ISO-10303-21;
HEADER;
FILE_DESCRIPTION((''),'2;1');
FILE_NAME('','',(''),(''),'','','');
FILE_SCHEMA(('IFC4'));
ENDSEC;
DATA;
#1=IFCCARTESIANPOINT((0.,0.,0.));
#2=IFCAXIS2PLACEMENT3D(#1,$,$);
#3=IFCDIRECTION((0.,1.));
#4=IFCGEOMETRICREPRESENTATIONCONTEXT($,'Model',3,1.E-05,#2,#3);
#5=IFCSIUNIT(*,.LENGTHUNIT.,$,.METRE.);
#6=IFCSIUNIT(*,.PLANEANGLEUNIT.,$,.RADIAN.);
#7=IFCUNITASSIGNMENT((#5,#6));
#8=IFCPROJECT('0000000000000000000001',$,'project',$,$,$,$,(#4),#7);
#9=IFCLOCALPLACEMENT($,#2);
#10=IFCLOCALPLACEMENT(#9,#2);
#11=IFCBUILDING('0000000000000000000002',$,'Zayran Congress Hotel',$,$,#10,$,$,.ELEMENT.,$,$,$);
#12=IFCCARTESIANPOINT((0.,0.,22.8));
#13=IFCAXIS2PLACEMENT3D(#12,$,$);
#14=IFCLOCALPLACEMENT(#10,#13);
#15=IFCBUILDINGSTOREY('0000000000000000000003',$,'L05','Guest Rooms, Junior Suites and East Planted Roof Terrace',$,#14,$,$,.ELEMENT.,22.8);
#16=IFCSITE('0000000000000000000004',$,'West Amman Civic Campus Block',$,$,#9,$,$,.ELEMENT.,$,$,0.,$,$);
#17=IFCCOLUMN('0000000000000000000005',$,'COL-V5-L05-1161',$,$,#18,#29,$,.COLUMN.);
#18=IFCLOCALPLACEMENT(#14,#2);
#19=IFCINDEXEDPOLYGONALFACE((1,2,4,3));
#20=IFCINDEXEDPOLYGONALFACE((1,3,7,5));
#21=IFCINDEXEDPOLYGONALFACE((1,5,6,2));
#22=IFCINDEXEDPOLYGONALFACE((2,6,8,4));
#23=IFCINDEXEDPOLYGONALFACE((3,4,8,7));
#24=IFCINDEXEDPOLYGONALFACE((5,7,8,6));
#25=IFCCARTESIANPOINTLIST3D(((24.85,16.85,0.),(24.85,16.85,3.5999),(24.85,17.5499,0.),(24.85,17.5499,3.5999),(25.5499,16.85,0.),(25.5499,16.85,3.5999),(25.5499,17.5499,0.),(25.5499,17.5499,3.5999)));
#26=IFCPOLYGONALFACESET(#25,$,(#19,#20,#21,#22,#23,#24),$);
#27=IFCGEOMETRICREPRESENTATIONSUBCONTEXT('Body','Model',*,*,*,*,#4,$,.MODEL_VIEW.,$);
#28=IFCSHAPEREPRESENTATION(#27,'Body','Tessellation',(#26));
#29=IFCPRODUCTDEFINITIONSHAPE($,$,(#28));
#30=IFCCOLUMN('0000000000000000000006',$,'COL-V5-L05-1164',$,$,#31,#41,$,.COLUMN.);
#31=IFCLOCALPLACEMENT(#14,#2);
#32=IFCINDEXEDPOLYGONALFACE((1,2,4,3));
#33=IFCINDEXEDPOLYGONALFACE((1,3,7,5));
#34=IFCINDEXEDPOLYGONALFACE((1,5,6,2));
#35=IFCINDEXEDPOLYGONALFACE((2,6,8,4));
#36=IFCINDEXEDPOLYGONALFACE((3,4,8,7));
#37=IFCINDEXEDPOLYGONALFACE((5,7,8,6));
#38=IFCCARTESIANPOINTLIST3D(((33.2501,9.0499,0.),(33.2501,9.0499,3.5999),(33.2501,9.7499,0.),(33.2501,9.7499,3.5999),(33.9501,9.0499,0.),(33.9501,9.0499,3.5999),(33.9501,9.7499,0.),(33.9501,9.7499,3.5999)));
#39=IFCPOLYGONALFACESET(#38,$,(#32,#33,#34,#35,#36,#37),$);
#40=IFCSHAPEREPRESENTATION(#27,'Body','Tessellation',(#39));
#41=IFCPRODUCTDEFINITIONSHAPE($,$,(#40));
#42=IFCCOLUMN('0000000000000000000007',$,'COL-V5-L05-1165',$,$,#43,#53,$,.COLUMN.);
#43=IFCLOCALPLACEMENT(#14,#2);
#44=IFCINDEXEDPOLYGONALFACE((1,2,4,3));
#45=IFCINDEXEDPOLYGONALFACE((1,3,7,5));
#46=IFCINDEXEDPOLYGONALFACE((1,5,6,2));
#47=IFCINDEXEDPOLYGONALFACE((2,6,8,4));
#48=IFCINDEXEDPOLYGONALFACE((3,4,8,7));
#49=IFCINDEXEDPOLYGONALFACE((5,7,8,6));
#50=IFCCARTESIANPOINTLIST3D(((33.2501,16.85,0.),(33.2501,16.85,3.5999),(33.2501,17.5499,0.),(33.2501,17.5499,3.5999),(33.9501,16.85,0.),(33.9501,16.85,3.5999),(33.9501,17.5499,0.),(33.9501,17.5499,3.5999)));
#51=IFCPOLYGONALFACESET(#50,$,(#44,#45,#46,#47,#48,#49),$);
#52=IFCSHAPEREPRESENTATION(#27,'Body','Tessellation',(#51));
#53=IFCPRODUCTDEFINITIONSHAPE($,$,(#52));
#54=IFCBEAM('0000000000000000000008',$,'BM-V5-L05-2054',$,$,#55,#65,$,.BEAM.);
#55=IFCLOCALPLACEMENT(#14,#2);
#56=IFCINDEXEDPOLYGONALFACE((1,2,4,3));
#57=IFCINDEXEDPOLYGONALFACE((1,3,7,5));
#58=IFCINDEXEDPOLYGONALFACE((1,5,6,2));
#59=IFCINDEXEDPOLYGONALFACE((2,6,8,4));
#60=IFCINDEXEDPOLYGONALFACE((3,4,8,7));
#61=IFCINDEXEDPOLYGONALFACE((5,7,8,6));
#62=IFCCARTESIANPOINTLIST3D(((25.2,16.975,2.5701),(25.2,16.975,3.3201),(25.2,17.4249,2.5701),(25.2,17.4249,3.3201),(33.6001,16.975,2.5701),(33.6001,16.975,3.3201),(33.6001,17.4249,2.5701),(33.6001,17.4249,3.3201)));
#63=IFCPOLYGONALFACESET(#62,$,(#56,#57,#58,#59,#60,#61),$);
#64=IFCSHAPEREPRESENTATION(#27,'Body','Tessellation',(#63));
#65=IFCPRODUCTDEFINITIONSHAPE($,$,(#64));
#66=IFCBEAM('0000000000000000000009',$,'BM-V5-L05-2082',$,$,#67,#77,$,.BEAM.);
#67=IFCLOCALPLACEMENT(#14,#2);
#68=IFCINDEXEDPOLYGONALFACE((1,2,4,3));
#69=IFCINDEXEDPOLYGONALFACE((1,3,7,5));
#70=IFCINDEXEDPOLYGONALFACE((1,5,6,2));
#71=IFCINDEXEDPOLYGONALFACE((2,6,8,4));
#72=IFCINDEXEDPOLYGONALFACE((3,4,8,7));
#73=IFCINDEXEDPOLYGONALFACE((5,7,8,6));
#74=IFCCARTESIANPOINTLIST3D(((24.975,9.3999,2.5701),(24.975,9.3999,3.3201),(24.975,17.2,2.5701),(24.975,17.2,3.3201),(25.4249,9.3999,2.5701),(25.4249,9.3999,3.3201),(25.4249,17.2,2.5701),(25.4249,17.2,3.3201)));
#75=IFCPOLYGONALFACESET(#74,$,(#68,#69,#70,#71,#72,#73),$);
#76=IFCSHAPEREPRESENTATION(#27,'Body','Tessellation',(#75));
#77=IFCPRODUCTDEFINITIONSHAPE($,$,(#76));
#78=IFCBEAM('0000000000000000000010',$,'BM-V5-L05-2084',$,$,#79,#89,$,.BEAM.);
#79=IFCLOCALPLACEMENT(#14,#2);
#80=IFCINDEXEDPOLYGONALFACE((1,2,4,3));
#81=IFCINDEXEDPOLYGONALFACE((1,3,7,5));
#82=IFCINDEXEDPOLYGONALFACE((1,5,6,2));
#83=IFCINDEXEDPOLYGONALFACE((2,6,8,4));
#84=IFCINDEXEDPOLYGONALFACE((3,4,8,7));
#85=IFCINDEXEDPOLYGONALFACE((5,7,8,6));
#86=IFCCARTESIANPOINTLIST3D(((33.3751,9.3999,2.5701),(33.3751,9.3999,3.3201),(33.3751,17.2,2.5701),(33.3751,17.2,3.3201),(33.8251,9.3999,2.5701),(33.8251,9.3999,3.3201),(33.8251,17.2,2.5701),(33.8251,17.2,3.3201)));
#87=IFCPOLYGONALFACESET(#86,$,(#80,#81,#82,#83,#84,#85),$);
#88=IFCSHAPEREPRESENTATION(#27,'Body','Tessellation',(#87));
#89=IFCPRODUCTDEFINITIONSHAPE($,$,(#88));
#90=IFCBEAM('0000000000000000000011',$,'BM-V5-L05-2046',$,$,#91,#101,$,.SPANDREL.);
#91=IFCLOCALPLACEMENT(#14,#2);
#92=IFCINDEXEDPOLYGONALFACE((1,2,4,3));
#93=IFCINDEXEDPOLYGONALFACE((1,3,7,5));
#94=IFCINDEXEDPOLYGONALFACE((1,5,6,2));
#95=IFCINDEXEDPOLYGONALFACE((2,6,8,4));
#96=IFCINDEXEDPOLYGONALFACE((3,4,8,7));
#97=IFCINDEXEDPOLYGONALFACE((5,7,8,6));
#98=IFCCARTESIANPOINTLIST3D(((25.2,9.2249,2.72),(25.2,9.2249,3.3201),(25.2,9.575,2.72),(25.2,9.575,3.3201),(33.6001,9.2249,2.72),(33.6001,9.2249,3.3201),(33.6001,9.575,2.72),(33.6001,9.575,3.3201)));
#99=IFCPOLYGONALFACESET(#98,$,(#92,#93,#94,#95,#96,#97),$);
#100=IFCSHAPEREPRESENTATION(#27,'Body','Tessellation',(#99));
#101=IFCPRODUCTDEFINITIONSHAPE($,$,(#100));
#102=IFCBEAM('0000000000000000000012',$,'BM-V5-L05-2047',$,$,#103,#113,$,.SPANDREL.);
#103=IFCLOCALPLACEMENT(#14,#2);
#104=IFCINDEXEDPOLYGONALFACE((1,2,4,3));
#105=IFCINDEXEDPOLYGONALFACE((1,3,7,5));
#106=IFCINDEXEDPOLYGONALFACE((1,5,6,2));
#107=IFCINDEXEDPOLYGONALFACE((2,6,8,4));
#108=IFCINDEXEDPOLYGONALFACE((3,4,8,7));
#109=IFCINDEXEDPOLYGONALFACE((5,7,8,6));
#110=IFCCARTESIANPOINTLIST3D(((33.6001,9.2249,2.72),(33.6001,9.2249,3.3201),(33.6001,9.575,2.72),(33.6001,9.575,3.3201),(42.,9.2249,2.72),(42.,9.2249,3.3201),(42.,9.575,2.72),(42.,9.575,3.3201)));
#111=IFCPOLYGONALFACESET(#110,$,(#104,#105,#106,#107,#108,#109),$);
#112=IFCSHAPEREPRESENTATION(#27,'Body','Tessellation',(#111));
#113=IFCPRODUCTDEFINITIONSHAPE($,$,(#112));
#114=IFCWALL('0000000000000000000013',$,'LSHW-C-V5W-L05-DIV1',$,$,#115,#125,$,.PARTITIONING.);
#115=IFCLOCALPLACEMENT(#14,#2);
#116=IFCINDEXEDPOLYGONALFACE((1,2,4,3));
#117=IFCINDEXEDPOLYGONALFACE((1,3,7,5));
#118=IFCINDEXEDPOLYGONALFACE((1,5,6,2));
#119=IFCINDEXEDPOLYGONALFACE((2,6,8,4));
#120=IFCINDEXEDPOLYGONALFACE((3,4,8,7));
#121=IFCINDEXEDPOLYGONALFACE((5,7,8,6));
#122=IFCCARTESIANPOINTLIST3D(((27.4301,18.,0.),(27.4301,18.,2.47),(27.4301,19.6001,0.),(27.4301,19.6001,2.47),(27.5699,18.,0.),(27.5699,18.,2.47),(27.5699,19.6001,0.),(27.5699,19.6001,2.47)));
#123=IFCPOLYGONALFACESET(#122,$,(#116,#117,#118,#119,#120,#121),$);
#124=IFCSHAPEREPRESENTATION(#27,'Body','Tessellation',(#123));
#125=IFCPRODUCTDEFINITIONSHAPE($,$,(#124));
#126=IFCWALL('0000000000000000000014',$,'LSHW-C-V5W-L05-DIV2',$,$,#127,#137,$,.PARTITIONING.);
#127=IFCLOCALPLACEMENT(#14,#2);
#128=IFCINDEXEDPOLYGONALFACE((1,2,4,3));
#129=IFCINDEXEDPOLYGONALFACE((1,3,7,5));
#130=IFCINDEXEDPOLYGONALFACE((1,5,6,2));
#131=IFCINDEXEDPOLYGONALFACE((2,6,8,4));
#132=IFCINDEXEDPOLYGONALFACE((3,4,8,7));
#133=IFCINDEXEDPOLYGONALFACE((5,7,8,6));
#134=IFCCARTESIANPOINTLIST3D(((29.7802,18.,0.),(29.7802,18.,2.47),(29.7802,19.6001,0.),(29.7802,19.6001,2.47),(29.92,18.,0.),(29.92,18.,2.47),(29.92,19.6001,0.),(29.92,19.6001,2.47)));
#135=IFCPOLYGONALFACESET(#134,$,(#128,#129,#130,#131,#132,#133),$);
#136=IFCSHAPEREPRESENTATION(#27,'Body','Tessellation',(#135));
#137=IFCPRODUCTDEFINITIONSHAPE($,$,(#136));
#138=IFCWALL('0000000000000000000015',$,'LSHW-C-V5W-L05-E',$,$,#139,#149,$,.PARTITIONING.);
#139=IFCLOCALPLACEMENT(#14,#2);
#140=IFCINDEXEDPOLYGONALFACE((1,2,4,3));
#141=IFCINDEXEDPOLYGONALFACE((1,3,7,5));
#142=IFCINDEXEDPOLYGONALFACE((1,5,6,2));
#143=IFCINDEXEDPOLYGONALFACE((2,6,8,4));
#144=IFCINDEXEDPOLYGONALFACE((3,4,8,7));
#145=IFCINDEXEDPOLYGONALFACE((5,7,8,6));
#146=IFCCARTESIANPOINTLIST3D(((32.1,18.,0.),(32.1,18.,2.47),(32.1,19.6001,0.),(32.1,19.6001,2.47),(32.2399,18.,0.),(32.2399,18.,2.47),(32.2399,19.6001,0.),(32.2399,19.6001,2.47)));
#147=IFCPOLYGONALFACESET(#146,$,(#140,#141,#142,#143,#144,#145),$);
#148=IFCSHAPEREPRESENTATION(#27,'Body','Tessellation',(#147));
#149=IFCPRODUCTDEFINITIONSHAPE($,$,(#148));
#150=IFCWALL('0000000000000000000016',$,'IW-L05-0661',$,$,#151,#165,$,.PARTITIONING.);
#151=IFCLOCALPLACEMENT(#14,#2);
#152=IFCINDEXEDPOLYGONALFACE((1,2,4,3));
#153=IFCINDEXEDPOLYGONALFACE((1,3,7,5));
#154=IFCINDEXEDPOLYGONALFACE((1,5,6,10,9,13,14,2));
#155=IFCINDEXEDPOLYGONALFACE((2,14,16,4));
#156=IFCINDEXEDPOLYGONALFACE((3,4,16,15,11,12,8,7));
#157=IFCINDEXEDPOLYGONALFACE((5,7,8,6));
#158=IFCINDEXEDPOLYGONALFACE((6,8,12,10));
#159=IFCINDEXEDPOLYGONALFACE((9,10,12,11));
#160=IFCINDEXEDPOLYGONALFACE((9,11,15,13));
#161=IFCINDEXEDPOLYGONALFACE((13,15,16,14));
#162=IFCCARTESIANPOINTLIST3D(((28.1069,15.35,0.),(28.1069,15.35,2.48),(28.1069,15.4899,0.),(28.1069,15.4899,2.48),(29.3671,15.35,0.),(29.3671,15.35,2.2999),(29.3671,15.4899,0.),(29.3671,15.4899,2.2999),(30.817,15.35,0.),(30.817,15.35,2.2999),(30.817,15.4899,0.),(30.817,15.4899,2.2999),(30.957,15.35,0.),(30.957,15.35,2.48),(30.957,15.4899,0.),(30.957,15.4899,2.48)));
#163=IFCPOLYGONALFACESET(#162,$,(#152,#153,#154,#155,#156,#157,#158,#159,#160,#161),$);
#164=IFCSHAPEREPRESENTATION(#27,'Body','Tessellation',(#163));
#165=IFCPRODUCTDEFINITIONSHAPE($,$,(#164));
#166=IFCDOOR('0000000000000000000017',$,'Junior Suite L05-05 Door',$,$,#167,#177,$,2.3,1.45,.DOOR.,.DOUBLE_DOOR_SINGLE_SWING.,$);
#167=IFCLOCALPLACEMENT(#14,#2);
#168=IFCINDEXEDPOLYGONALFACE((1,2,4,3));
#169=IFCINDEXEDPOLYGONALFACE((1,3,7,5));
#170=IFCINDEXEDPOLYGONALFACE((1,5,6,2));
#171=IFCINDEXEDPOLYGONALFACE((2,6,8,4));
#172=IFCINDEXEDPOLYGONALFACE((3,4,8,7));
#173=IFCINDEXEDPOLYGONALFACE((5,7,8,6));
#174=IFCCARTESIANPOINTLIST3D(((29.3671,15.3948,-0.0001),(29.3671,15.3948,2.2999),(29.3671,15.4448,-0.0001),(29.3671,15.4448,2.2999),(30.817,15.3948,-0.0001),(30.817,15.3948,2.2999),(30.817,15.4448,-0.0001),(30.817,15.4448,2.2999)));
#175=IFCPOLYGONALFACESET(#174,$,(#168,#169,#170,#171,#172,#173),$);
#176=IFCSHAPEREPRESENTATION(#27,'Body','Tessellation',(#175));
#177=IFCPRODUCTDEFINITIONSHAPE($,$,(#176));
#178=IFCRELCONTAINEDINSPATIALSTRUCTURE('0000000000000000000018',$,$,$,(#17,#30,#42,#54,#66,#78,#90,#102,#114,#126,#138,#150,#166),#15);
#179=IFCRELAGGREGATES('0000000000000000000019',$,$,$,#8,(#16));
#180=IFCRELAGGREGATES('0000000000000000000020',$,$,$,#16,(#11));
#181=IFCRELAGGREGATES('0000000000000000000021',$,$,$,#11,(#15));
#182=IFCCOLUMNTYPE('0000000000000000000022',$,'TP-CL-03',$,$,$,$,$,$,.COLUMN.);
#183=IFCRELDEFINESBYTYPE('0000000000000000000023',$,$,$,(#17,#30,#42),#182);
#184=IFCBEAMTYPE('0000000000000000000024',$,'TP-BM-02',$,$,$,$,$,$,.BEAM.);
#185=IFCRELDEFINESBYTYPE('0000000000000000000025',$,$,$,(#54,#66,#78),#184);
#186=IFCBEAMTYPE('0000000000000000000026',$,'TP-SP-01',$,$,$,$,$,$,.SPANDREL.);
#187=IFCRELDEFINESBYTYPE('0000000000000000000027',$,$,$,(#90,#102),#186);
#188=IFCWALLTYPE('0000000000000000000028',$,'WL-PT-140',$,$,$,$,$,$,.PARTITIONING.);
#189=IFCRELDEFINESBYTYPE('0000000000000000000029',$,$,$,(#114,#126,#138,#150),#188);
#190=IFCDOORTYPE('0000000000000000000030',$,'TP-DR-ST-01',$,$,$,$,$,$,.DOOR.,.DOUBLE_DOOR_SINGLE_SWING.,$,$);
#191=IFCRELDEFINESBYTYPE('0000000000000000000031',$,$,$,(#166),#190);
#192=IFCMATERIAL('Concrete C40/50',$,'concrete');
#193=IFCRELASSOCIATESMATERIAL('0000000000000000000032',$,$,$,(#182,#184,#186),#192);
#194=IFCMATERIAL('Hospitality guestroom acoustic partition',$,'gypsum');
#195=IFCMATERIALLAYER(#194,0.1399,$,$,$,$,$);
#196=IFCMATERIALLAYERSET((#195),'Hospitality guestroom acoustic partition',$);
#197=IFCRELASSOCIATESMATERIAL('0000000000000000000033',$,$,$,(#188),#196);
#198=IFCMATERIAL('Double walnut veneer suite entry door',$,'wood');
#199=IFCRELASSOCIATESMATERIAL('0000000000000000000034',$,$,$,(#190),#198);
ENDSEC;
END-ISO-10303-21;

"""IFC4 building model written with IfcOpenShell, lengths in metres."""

from ifc_helpers import new_model, si_unit, direction, frame, frame_2d, origin, origin_2d, place, context, subcontext, project, spatial, rectangle, extrude, material, layer, layer_set, material_profile, profile_set, type_object, element, fill, save


model = new_model("IFC4")

# Units and contexts
model_context = context("Model", 3, precision=1e-05, world=origin(), true_north=direction((0.0, 1.0)))
body_context = subcontext(model_context, "Body", "Model", "MODEL_VIEW")
ifc_project = project(units=[si_unit("LENGTHUNIT", "METRE"), si_unit("PLANEANGLEUNIT", "RADIAN")], contexts=[model_context])

# Site, building, storey
site_placement = place(None, origin())
site = spatial("IfcSite", under=ifc_project, at=site_placement, Name="West Amman Civic Campus Block", CompositionType="ELEMENT", RefElevation=0.0)
building_placement = place(site_placement, origin())
building = spatial("IfcBuilding", under=site, at=building_placement, Name="Zayran Congress Hotel", CompositionType="ELEMENT")
storey_placement = place(building_placement, frame((0.0, 0.0, 22.8)))
storey = spatial("IfcBuildingStorey", under=building, at=storey_placement, Name="L05", Description="Guest Rooms, Junior Suites and East Planted Roof Terrace", CompositionType="ELEMENT", Elevation=22.8)

# Columns
ifc_material_1 = material(Name="Concrete C40/50", Category="concrete")
ifc_material_profile_1 = material_profile(ifc_material_1, rectangle(XDim=0.7, YDim=0.7, at=origin_2d()), Name="RC 700x700")
ifc_profile_set_1 = profile_set([ifc_material_profile_1], Name="Concrete C40/50")
column_type = type_object("IfcColumnType", Name="TP-CL-03", PredefinedType="COLUMN", material=ifc_profile_set_1)
for number, where, z_axis, x_axis, name in (
    (1, (25.2, 17.2, 0.0), (0.0, 0.0, 1.0), (1.0, 0.0, 0.0), "COL-V5-L05-1161"),
    (2, (33.6001, 9.3999, 0.0), (0.0, 0.0, 1.0), (1.0, 0.0, 0.0), "COL-V5-L05-1164"),
    (3, (33.6001, 17.2, 0.0), (0.0, 0.0, 1.0), (1.0, 0.0, 0.0), "COL-V5-L05-1165"),
):
    element("IfcColumn", number, at=place(storey_placement, frame(where, z_axis=z_axis, x_axis=x_axis)), inside=storey, type_object=column_type, Name=name, PredefinedType="COLUMN", context=body_context, shape_type="SweptSolid", body=[
        extrude(rectangle(XDim=0.7, YDim=0.7, at=origin_2d()), origin(), (0.0, 0.0, 1.0), 3.5999),
    ])

# Beams
ifc_material_profile_2 = material_profile(ifc_material_1, rectangle(XDim=0.45, YDim=0.75, at=origin_2d()), Name="RC 450x750")
ifc_profile_set_2 = profile_set([ifc_material_profile_2], Name="Concrete C40/50")
beam_type_1 = type_object("IfcBeamType", Name="TP-BM-02", PredefinedType="BEAM", material=ifc_profile_set_2)
beam_1_placement = place(storey_placement, frame((25.2, 17.2, 2.9451), z_axis=(1.0, 0.0, 0.0), x_axis=(0.0, 1.0, 0.0)))
element("IfcBeam", 4, at=beam_1_placement, inside=storey, type_object=beam_type_1, Name="BM-V5-L05-2054", PredefinedType="BEAM", context=body_context, shape_type="SweptSolid", body=[
    extrude(rectangle(XDim=0.45, YDim=0.75, at=origin_2d()), origin(), (0.0, 0.0, 1.0), 8.4001),
])
for number, where, z_axis, x_axis, name in (
    (5, (25.2, 9.3999, 2.9451), (0.0, 1.0, 0.0), (-1.0, 0.0, 0.0), "BM-V5-L05-2082"),
    (6, (33.6001, 9.3999, 2.9451), (0.0, 1.0, 0.0), (-1.0, 0.0, 0.0), "BM-V5-L05-2084"),
):
    element("IfcBeam", number, at=place(storey_placement, frame(where, z_axis=z_axis, x_axis=x_axis)), inside=storey, type_object=beam_type_1, Name=name, PredefinedType="BEAM", context=body_context, shape_type="SweptSolid", body=[
        extrude(rectangle(XDim=0.45, YDim=0.75, at=origin_2d()), origin(), (0.0, 0.0, 1.0), 7.8),
    ])
ifc_material_profile_3 = material_profile(ifc_material_1, rectangle(XDim=0.3501, YDim=0.6001, at=origin_2d()), Name="RC 350x600")
ifc_profile_set_3 = profile_set([ifc_material_profile_3], Name="Concrete C40/50")
beam_type_2 = type_object("IfcBeamType", Name="TP-SP-01", PredefinedType="SPANDREL", material=ifc_profile_set_3)
beam_2_placement = place(storey_placement, frame((25.2, 9.3999, 3.02), z_axis=(1.0, 0.0, 0.0), x_axis=(0.0, 1.0, 0.0)))
element("IfcBeam", 7, at=beam_2_placement, inside=storey, type_object=beam_type_2, Name="BM-V5-L05-2046", PredefinedType="SPANDREL", context=body_context, shape_type="SweptSolid", body=[
    extrude(rectangle(XDim=0.3501, YDim=0.6001, at=origin_2d()), origin(), (0.0, 0.0, 1.0), 8.4001),
])
beam_3_placement = place(storey_placement, frame((33.6001, 9.3999, 3.02), z_axis=(1.0, 0.0, 0.0), x_axis=(0.0, 1.0, 0.0)))
element("IfcBeam", 8, at=beam_3_placement, inside=storey, type_object=beam_type_2, Name="BM-V5-L05-2047", PredefinedType="SPANDREL", context=body_context, shape_type="SweptSolid", body=[
    extrude(rectangle(XDim=0.3501, YDim=0.6001, at=origin_2d()), origin(), (0.0, 0.0, 1.0), 8.3999),
])

# Walls
ifc_material_2 = material(Name="Hospitality guestroom acoustic partition", Category="gypsum")
ifc_layer_1 = layer(ifc_material_2, 0.1399)
ifc_layer_set_1 = layer_set([ifc_layer_1], Name="Hospitality guestroom acoustic partition")
wall_type_1 = type_object("IfcWallType", Name="WL-PT-140", PredefinedType="PARTITIONING", material=ifc_layer_set_1)
for number, where, z_axis, x_axis, name in (
    (9, (27.5, 18.0, 0.0), (0.0, 0.0, 1.0), (0.0, 1.0, 0.0), "LSHW-C-V5W-L05-DIV1"),
    (10, (29.8501, 18.0, 0.0), (0.0, 0.0, 1.0), (0.0, 1.0, 0.0), "LSHW-C-V5W-L05-DIV2"),
    (11, (32.1699, 18.0, 0.0), (0.0, 0.0, 1.0), (0.0, 1.0, 0.0), "LSHW-C-V5W-L05-E"),
):
    element("IfcWall", number, at=place(storey_placement, frame(where, z_axis=z_axis, x_axis=x_axis)), inside=storey, type_object=wall_type_1, Name=name, PredefinedType="PARTITIONING", context=body_context, shape_type="SweptSolid", body=[
        extrude(rectangle(XDim=1.6001, YDim=0.1399, at=frame_2d((0.8, 0.0))), origin(), (0.0, 0.0, 1.0), 2.47),
    ])

# Wall, opening, door
wall_1_placement = place(storey_placement, frame((28.1069, 15.4199, 0.0), z_axis=(0.0, 0.0, 1.0), x_axis=(1.0, 0.0, 0.0)))
wall_1 = element("IfcWall", 12, at=wall_1_placement, inside=storey, type_object=wall_type_1, Name="IW-L05-0661", PredefinedType="PARTITIONING", context=body_context, shape_type="SweptSolid", body=[
    extrude(rectangle(XDim=2.8501, YDim=0.1399, at=frame_2d((1.425, 0.0))), origin(), (0.0, 0.0, 1.0), 2.48),
])
opening_1_placement = place(wall_1_placement, frame((1.26, 0.0, 0.0)))
opening_1 = element("IfcOpeningElement", 13, at=opening_1_placement, cuts=wall_1, PredefinedType="OPENING", context=body_context, shape_type="SweptSolid", body=[
    extrude(rectangle(XDim=1.45, YDim=2.3, at=frame_2d((0.7251, 1.1499))), frame((0.0, 0.0798, 0.0), z_axis=(0.0, -1.0, 0.0), x_axis=(1.0, 0.0, 0.0)), (0.0, 0.0, 1.0), 0.1599),
])
ifc_material_3 = material(Name="Double walnut veneer suite entry door", Category="wood")
door_type_1 = type_object("IfcDoorType", Name="TP-DR-ST-01", OperationType="DOUBLE_DOOR_SINGLE_SWING", PredefinedType="DOOR", material=ifc_material_3)
door_1_placement = place(opening_1_placement, origin())
door_1 = element("IfcDoor", 14, at=door_1_placement, inside=storey, type_object=door_type_1, Name="Junior Suite L05-05 Door", OperationType="DOUBLE_DOOR_SINGLE_SWING", OverallHeight=2.3, OverallWidth=1.45, PredefinedType="DOOR", context=body_context, shape_type="SweptSolid", body=[
    extrude(rectangle(XDim=1.45, YDim=2.3, at=frame_2d((0.7251, 1.1499))), frame((0.0, 0.0249, 0.0), z_axis=(0.0, -1.0, 0.0), x_axis=(1.0, 0.0, 0.0)), (0.0, 0.0, 1.0), 0.05),
])
fill(opening_1, door_1)

save(model, "model.ifc")
